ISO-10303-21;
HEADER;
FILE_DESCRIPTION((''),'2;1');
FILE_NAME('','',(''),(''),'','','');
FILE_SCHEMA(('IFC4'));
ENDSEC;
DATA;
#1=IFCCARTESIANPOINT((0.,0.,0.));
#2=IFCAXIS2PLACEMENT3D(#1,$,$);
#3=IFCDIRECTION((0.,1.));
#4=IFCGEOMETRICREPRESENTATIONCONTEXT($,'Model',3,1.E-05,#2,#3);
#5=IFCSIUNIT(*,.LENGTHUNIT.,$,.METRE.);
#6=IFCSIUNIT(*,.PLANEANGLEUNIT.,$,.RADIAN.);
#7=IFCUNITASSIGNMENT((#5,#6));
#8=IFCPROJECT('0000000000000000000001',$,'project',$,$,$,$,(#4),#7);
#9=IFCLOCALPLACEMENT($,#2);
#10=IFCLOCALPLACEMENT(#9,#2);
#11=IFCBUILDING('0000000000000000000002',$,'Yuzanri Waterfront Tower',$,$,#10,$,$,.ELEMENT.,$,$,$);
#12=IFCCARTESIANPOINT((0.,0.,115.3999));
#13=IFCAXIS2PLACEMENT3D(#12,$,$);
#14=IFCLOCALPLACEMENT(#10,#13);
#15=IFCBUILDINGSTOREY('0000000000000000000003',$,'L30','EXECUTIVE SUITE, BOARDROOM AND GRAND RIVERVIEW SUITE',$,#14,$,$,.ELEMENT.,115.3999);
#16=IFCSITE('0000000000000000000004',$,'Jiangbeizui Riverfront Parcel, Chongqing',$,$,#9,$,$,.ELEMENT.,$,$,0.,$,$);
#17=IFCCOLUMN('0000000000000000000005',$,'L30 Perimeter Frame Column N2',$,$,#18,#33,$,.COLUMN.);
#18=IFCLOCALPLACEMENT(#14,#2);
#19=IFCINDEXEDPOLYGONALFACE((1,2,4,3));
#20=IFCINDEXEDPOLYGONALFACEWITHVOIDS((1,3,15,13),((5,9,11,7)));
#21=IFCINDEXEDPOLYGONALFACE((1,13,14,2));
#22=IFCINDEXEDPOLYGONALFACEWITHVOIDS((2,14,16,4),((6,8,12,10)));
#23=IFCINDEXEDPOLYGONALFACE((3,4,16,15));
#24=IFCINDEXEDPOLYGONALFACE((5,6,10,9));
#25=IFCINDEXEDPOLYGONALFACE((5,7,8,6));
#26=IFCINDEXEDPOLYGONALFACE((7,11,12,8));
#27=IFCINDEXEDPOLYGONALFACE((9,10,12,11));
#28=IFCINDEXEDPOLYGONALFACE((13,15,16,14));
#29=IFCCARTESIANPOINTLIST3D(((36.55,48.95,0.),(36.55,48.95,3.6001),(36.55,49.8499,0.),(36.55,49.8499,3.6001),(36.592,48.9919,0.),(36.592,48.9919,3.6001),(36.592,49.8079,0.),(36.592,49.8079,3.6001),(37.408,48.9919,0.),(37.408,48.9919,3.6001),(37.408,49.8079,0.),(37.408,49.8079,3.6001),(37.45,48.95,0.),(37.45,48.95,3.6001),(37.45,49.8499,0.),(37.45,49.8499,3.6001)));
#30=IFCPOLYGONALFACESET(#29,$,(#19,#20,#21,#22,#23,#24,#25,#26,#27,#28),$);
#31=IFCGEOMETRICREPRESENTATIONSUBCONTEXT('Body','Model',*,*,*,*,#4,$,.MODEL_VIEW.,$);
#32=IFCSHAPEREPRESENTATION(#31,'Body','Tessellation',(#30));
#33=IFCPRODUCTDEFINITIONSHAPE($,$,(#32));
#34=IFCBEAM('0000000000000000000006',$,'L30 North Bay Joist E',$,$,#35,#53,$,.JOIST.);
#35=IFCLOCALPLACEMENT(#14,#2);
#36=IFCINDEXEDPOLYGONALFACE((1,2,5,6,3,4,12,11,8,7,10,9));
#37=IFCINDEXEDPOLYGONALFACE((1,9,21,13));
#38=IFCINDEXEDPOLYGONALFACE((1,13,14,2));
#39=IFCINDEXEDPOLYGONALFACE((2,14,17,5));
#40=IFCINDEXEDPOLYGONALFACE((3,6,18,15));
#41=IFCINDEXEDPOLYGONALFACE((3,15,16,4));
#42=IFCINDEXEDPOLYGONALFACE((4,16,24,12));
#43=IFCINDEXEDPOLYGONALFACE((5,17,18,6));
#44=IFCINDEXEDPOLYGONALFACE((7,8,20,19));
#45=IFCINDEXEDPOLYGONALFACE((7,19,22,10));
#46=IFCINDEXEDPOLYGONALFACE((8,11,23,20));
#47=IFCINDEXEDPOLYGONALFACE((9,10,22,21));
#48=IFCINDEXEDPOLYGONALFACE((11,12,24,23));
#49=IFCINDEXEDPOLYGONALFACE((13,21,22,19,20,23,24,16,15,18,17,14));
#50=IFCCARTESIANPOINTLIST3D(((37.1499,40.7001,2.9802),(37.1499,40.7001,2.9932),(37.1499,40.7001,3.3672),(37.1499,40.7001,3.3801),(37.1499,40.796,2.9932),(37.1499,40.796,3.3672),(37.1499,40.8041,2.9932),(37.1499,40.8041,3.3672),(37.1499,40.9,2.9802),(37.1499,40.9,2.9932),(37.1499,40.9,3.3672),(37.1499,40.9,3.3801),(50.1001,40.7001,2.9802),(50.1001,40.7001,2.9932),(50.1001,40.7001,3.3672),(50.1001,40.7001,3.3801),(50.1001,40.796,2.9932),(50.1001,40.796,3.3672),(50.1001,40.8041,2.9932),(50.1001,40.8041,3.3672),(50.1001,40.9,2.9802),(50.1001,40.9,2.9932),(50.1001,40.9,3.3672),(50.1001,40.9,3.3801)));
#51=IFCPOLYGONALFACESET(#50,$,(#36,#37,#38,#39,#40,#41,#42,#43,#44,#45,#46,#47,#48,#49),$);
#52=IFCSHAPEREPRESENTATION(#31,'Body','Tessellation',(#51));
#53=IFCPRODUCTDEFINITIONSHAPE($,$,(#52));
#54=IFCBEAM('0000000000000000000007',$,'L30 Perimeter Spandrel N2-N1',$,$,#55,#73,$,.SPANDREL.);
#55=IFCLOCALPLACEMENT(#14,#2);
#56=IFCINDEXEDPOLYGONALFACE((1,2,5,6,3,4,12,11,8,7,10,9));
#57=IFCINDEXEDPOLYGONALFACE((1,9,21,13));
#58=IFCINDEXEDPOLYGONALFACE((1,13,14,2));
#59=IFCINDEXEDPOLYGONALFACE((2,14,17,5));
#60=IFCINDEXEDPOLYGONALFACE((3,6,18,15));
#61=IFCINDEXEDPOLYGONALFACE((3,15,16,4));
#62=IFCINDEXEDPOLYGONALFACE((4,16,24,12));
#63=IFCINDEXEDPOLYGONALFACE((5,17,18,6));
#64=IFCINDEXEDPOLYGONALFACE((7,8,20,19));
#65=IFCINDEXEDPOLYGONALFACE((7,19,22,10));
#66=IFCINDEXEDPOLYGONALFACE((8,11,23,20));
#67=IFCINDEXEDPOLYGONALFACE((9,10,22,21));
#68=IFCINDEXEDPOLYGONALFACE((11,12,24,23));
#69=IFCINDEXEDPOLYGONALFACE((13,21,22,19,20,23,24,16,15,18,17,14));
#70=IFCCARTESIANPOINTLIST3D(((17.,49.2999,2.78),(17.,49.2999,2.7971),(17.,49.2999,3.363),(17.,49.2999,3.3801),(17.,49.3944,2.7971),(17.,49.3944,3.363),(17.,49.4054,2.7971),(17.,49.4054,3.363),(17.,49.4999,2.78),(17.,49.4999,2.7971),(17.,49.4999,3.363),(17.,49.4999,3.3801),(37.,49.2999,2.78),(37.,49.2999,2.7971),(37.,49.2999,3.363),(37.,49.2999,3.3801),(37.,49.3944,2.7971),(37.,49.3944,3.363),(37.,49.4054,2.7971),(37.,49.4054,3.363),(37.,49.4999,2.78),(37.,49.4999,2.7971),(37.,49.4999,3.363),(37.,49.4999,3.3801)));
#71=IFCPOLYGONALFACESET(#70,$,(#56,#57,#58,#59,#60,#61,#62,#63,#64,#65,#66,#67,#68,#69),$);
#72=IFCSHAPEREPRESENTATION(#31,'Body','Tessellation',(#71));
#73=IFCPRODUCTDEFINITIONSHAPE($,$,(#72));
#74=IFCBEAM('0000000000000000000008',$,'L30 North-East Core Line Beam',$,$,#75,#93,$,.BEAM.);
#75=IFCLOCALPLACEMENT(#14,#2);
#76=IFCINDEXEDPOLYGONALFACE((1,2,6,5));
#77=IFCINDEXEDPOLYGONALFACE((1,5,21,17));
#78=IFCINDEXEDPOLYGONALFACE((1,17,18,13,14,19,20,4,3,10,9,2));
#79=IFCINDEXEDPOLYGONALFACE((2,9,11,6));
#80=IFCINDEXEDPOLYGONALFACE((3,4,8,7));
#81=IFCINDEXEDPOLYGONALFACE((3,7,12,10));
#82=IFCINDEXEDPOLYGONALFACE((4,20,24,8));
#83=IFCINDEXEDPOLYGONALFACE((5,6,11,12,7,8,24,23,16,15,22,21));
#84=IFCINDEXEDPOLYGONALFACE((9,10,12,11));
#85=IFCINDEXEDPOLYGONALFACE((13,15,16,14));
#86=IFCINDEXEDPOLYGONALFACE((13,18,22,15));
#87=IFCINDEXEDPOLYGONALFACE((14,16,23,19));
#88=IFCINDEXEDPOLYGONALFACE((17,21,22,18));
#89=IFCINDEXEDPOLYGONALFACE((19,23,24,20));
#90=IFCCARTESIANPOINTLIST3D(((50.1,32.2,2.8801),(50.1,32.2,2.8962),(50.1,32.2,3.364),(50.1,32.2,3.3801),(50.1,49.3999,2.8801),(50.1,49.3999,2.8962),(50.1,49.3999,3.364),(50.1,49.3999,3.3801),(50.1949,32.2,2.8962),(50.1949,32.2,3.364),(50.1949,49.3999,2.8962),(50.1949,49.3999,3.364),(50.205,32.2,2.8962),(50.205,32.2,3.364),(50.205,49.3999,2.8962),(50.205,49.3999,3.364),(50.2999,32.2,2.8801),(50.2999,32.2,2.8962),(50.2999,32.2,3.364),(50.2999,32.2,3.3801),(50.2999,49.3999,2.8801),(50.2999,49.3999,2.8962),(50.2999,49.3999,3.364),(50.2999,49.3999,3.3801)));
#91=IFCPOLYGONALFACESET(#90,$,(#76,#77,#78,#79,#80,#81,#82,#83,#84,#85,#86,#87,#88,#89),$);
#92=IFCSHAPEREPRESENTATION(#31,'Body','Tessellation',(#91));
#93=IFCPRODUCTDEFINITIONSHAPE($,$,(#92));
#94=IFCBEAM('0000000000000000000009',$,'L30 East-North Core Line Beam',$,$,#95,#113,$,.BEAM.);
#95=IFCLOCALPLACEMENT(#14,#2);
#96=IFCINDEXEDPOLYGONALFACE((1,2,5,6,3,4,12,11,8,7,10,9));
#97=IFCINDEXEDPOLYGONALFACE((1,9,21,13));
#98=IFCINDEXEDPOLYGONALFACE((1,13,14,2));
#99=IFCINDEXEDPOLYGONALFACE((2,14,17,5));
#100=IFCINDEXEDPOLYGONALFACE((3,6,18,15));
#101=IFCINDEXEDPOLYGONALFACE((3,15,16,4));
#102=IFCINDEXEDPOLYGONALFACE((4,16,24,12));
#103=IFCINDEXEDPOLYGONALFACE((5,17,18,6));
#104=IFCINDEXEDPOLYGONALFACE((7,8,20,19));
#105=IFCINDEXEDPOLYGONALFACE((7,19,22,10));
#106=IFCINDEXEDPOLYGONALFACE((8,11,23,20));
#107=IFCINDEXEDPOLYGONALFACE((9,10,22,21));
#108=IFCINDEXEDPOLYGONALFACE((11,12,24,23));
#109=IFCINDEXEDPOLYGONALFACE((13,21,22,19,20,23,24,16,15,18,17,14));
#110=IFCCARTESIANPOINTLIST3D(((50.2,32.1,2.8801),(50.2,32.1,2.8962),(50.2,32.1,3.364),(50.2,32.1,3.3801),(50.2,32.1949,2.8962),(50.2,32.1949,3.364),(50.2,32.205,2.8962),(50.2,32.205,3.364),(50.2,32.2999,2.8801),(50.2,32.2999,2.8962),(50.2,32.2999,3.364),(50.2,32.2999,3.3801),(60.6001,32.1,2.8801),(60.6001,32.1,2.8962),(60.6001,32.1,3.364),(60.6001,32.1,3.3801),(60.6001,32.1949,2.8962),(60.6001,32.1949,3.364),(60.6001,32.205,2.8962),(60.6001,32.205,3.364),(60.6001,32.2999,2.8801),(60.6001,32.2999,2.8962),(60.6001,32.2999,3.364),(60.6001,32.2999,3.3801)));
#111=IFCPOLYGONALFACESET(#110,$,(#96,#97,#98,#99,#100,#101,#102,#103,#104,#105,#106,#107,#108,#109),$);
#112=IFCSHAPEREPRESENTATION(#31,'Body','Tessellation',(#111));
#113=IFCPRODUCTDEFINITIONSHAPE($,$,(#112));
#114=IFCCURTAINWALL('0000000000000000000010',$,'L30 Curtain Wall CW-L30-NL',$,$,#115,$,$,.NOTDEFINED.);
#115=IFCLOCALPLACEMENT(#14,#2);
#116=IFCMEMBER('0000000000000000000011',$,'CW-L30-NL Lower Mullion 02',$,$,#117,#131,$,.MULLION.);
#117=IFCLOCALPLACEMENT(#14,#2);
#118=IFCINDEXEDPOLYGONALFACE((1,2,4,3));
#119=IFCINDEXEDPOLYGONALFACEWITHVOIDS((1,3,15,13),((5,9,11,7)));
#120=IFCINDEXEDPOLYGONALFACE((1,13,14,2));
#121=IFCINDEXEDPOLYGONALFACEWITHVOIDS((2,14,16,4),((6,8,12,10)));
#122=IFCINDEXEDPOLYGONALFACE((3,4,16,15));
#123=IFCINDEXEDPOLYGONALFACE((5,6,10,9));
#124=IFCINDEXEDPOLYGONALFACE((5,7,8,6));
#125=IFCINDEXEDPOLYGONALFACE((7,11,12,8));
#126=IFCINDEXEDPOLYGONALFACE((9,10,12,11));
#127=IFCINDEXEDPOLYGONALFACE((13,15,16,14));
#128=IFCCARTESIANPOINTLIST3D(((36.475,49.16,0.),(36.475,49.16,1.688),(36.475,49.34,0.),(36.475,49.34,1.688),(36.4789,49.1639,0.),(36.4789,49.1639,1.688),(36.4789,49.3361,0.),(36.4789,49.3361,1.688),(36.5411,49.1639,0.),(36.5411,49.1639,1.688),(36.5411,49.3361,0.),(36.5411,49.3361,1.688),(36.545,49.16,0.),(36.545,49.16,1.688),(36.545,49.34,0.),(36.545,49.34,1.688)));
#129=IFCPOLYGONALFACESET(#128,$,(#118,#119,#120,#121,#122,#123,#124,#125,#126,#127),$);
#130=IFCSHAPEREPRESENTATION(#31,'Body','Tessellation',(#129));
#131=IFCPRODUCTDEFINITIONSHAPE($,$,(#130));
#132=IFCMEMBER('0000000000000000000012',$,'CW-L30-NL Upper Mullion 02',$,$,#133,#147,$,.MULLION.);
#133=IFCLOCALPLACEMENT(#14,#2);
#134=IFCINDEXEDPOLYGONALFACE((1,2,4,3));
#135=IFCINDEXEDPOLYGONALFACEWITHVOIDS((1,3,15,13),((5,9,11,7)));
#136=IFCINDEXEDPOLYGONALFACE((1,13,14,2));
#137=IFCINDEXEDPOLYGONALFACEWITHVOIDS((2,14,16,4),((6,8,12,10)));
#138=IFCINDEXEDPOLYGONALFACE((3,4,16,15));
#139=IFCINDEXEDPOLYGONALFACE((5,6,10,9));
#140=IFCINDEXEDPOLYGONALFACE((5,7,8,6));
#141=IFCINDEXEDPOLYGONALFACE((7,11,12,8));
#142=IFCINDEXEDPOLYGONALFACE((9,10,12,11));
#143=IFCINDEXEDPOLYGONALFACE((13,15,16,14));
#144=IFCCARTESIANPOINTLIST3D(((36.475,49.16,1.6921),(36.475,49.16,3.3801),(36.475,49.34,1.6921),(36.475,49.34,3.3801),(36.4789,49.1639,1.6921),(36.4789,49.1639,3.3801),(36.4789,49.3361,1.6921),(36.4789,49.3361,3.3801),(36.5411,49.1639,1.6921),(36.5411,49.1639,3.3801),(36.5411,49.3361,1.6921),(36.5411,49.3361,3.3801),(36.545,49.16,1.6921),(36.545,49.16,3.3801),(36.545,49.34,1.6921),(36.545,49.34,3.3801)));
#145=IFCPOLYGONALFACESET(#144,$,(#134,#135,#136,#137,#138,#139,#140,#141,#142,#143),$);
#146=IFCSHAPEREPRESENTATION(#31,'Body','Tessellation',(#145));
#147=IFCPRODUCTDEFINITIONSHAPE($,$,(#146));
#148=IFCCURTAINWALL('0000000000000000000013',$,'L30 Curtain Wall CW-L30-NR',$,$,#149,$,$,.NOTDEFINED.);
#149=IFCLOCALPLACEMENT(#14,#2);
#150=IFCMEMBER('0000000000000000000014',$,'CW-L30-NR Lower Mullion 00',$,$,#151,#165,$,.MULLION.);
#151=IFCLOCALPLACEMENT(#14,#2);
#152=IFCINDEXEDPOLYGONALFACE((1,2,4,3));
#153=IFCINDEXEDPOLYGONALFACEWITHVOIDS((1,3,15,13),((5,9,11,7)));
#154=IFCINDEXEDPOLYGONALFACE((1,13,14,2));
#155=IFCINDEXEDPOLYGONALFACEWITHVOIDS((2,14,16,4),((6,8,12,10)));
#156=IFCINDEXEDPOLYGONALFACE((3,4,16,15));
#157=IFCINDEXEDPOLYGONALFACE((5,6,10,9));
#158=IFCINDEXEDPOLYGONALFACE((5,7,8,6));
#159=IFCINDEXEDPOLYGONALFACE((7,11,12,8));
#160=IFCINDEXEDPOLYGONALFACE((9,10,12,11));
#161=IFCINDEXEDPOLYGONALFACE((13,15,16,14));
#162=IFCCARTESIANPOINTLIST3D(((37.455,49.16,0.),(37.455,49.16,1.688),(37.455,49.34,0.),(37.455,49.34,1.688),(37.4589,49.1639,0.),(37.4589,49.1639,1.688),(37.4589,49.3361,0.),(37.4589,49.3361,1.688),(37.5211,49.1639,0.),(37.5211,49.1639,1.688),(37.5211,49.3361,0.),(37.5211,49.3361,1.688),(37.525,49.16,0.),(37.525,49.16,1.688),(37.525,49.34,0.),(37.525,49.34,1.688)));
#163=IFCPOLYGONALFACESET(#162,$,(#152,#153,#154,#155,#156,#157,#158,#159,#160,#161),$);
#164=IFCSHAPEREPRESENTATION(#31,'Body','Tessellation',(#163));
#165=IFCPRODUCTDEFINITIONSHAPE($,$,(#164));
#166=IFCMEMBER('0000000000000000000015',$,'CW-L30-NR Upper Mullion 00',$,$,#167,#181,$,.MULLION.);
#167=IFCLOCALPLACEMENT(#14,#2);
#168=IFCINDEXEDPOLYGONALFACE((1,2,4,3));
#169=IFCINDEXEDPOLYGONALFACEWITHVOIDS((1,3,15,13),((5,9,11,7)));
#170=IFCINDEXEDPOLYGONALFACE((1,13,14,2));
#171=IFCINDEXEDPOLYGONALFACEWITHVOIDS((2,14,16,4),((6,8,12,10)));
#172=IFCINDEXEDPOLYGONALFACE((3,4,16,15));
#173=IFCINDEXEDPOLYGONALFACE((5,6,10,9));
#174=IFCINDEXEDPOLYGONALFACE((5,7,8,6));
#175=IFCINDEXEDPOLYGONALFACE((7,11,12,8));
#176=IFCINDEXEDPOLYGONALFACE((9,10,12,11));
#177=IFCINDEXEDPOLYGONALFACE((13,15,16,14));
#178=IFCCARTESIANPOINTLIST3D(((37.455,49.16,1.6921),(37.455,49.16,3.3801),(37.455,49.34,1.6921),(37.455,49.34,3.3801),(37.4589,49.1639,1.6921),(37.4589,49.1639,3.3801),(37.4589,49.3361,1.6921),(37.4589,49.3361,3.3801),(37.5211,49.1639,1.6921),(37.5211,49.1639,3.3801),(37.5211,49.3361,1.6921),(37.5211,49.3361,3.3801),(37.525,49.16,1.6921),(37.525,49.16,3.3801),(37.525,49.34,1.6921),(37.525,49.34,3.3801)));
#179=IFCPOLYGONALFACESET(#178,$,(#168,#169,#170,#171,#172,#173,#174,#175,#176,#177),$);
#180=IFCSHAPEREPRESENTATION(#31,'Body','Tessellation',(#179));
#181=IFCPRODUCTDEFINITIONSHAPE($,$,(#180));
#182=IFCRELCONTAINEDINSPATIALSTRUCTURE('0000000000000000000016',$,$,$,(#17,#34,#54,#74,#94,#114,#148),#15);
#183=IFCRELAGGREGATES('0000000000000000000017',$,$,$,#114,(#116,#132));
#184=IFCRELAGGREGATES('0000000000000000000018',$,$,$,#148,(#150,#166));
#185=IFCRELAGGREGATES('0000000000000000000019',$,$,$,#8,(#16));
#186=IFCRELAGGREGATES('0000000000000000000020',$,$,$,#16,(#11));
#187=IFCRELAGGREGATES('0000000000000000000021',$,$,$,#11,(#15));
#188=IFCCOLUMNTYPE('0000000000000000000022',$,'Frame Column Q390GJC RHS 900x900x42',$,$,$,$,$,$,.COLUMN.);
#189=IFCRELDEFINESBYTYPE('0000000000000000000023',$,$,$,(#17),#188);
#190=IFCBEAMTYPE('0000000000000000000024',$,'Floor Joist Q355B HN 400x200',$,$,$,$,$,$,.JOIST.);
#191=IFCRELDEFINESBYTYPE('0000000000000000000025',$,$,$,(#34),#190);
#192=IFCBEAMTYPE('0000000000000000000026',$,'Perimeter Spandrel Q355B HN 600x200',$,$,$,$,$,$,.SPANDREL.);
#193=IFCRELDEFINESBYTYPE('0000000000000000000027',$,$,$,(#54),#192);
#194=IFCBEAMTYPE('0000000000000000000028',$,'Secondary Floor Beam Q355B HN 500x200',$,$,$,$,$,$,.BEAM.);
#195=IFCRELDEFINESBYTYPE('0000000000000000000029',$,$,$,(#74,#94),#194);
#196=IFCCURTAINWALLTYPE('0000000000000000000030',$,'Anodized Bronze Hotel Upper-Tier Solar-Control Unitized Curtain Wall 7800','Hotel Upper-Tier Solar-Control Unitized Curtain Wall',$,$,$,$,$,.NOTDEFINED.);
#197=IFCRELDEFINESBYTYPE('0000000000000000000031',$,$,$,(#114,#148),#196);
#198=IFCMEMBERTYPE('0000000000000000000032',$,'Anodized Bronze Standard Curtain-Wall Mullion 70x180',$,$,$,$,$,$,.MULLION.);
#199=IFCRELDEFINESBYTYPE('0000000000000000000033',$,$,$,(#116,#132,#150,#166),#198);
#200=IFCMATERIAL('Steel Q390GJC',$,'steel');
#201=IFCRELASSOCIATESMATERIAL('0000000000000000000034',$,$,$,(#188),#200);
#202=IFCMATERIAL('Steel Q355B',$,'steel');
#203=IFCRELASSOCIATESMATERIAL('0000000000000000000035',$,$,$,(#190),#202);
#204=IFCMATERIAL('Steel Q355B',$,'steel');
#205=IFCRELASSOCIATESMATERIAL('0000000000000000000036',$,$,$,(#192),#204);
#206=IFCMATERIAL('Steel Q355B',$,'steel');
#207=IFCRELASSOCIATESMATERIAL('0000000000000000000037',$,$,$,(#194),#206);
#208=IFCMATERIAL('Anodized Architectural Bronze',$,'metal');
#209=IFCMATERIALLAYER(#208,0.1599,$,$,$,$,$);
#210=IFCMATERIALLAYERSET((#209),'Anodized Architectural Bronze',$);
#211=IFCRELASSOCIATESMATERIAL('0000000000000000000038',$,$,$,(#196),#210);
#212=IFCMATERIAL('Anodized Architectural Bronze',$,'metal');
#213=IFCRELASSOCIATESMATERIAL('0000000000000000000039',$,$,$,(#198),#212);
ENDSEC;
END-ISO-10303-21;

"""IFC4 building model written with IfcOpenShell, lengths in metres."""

from ifc_helpers import new_model, si_unit, direction, frame, origin, origin_2d, place, context, subcontext, project, spatial, hollow_rectangle, i_section, extrude, source, transform, mapped, material, layer, layer_set, material_profile, profile_set, type_object, element, aggregate, save


model = new_model("IFC4")

# Units and contexts
model_context = context("Model", 3, precision=1e-05, world=origin(), true_north=direction((0.0, 1.0)))
body_context = subcontext(model_context, "Body", "Model", "MODEL_VIEW")
ifc_project = project(units=[si_unit("LENGTHUNIT", "METRE"), si_unit("PLANEANGLEUNIT", "RADIAN")], contexts=[model_context])

# Site, building, storey
site_placement = place(None, origin())
site = spatial("IfcSite", under=ifc_project, at=site_placement, Name="Jiangbeizui Riverfront Parcel, Chongqing", CompositionType="ELEMENT", RefElevation=0.0)
building_placement = place(site_placement, origin())
building = spatial("IfcBuilding", under=site, at=building_placement, Name="Yuzanri Waterfront Tower", CompositionType="ELEMENT")
storey_placement = place(building_placement, frame((0.0, 0.0, 115.3999)))
storey = spatial("IfcBuildingStorey", under=building, at=storey_placement, Name="L30", Description="EXECUTIVE SUITE, BOARDROOM AND GRAND RIVERVIEW SUITE", CompositionType="ELEMENT", Elevation=115.3999)

# Column
ifc_material_1 = material(Name="Steel Q390GJC", Category="steel")
ifc_material_profile_1 = material_profile(ifc_material_1, hollow_rectangle(XDim=0.8999, YDim=0.8999, WallThickness=0.042, at=origin_2d()), Name="RHS 900x900x42")
ifc_profile_set_1 = profile_set([ifc_material_profile_1], Name="Steel Q390GJC")
column_type = type_object("IfcColumnType", Name="Frame Column Q390GJC RHS 900x900x42", PredefinedType="COLUMN", material=ifc_profile_set_1)
shared_shape_1 = source(origin(), body_context, "Body", "SweptSolid", [
    extrude(hollow_rectangle(XDim=0.8999, YDim=0.8999, WallThickness=0.042, at=origin_2d()), origin(), (0.0, 0.0, 1.0), 3.6001),
])
column_placement = place(storey_placement, frame((37.0, 49.3999, 0.0), z_axis=(0.0, 0.0, 1.0), x_axis=(1.0, 0.0, 0.0)))
element("IfcColumn", 1, at=column_placement, inside=storey, type_object=column_type, Name="L30 Perimeter Frame Column N2", PredefinedType="COLUMN", context=body_context, shape_type="MappedRepresentation", body=[
    mapped(shared_shape_1, transform((0.0, 0.0, 0.0), scale=1.0)),
])

# Beams
ifc_material_2 = material(Name="Steel Q355B", Category="steel")
ifc_material_profile_2 = material_profile(ifc_material_2, i_section(OverallWidth=0.2, OverallDepth=0.3999, WebThickness=0.0081, FlangeThickness=0.0129, at=origin_2d()), Name="HN 400x200x8x13")
ifc_profile_set_2 = profile_set([ifc_material_profile_2], Name="Steel Q355B")
beam_type_1 = type_object("IfcBeamType", Name="Floor Joist Q355B HN 400x200", PredefinedType="JOIST", material=ifc_profile_set_2)
shared_shape_2 = source(origin(), body_context, "Body", "SweptSolid", [
    extrude(i_section(OverallWidth=0.2, OverallDepth=0.3999, WebThickness=0.0081, FlangeThickness=0.0129, at=origin_2d()), origin(), (0.0, 0.0, 1.0), 12.9502),
])
beam_1_placement = place(storey_placement, frame((37.1499, 40.8, 3.1802), z_axis=(1.0, 0.0, 0.0), x_axis=(0.0, 1.0, 0.0)))
element("IfcBeam", 2, at=beam_1_placement, inside=storey, type_object=beam_type_1, Name="L30 North Bay Joist E", PredefinedType="JOIST", context=body_context, shape_type="MappedRepresentation", body=[
    mapped(shared_shape_2, transform((0.0, 0.0, 0.0), scale=1.0)),
])
ifc_material_3 = material(Name="Steel Q355B", Category="steel")
ifc_material_profile_3 = material_profile(ifc_material_3, i_section(OverallWidth=0.2, OverallDepth=0.6001, WebThickness=0.011, FlangeThickness=0.0171, at=origin_2d()), Name="HN 600x200x11x17")
ifc_profile_set_3 = profile_set([ifc_material_profile_3], Name="Steel Q355B")
beam_type_2 = type_object("IfcBeamType", Name="Perimeter Spandrel Q355B HN 600x200", PredefinedType="SPANDREL", material=ifc_profile_set_3)
shared_shape_3 = source(origin(), body_context, "Body", "SweptSolid", [
    extrude(i_section(OverallWidth=0.2, OverallDepth=0.6001, WebThickness=0.011, FlangeThickness=0.0171, at=origin_2d()), origin(), (0.0, 0.0, 1.0), 20.0),
])
beam_2_placement = place(storey_placement, frame((37.0, 49.3999, 3.0801), z_axis=(-1.0, 0.0, 0.0), x_axis=(0.0, -1.0, 0.0)))
element("IfcBeam", 3, at=beam_2_placement, inside=storey, type_object=beam_type_2, Name="L30 Perimeter Spandrel N2-N1", PredefinedType="SPANDREL", context=body_context, shape_type="MappedRepresentation", body=[
    mapped(shared_shape_3, transform((0.0, 0.0, 0.0), scale=1.0)),
])
ifc_material_4 = material(Name="Steel Q355B", Category="steel")
ifc_material_profile_4 = material_profile(ifc_material_4, i_section(OverallWidth=0.2, OverallDepth=0.5, WebThickness=0.01, FlangeThickness=0.0161, at=origin_2d()), Name="HN 500x200x10x16")
ifc_profile_set_4 = profile_set([ifc_material_profile_4], Name="Steel Q355B")
beam_type_3 = type_object("IfcBeamType", Name="Secondary Floor Beam Q355B HN 500x200", PredefinedType="BEAM", material=ifc_profile_set_4)
shared_shape_4 = source(origin(), body_context, "Body", "SweptSolid", [
    extrude(i_section(OverallWidth=0.2, OverallDepth=0.5, WebThickness=0.01, FlangeThickness=0.0161, at=origin_2d()), origin(), (0.0, 0.0, 1.0), 17.2),
])
beam_3_placement = place(storey_placement, frame((50.2, 32.2, 3.1301), z_axis=(0.0, 1.0, 0.0), x_axis=(-1.0, 0.0, 0.0)))
element("IfcBeam", 4, at=beam_3_placement, inside=storey, type_object=beam_type_3, Name="L30 North-East Core Line Beam", PredefinedType="BEAM", context=body_context, shape_type="MappedRepresentation", body=[
    mapped(shared_shape_4, transform((0.0, 0.0, 0.0), scale=1.0)),
])
shared_shape_5 = source(origin(), body_context, "Body", "SweptSolid", [
    extrude(i_section(OverallWidth=0.2, OverallDepth=0.5, WebThickness=0.01, FlangeThickness=0.0161, at=origin_2d()), origin(), (0.0, 0.0, 1.0), 10.4001),
])
beam_4_placement = place(storey_placement, frame((50.2, 32.2, 3.1301), z_axis=(1.0, 0.0, 0.0), x_axis=(0.0, 1.0, 0.0)))
element("IfcBeam", 5, at=beam_4_placement, inside=storey, type_object=beam_type_3, Name="L30 East-North Core Line Beam", PredefinedType="BEAM", context=body_context, shape_type="MappedRepresentation", body=[
    mapped(shared_shape_5, transform((0.0, 0.0, 0.0), scale=1.0)),
])

# Curtain wall, members
ifc_material_5 = material(Name="Anodized Architectural Bronze", Category="metal")
ifc_layer_1 = layer(ifc_material_5, 0.1599)
ifc_layer_set_1 = layer_set([ifc_layer_1], Name="Anodized Architectural Bronze")
curtain_wall_type = type_object("IfcCurtainWallType", Name="Anodized Bronze Hotel Upper-Tier Solar-Control Unitized Curtain Wall 7800", Description="Hotel Upper-Tier Solar-Control Unitized Curtain Wall", PredefinedType="NOTDEFINED", material=ifc_layer_set_1)
curtain_wall_1_placement = place(storey_placement, origin())
curtain_wall_1 = element("IfcCurtainWall", 6, at=curtain_wall_1_placement, inside=storey, type_object=curtain_wall_type, Name="L30 Curtain Wall CW-L30-NL", PredefinedType="NOTDEFINED")
ifc_material_6 = material(Name="Anodized Architectural Bronze", Category="metal")
ifc_material_profile_5 = material_profile(ifc_material_6, hollow_rectangle(XDim=0.0701, YDim=0.1799, WallThickness=0.0039, at=origin_2d()), Name="CWM 70x180")
ifc_profile_set_5 = profile_set([ifc_material_profile_5], Name="Anodized Architectural Bronze")
member_type_1 = type_object("IfcMemberType", Name="Anodized Bronze Standard Curtain-Wall Mullion 70x180", PredefinedType="MULLION", material=ifc_profile_set_5)
shared_shape_6 = source(origin(), body_context, "Body", "SweptSolid", [
    extrude(hollow_rectangle(XDim=0.0701, YDim=0.1799, WallThickness=0.0039, at=origin_2d()), origin(), (0.0, 0.0, 1.0), 1.688),
])
member_1_placement = place(storey_placement, frame((36.51, 49.25, 0.0), z_axis=(0.0, 0.0, 1.0), x_axis=(1.0, 0.0, 0.0)))
member_1 = element("IfcMember", 7, at=member_1_placement, type_object=member_type_1, Name="CW-L30-NL Lower Mullion 02", PredefinedType="MULLION", context=body_context, shape_type="MappedRepresentation", body=[
    mapped(shared_shape_6, transform((0.0, 0.0, 0.0), scale=1.0)),
])
member_2_placement = place(storey_placement, frame((36.51, 49.25, 1.6921), z_axis=(0.0, 0.0, 1.0), x_axis=(1.0, 0.0, 0.0)))
member_2 = element("IfcMember", 8, at=member_2_placement, type_object=member_type_1, Name="CW-L30-NL Upper Mullion 02", PredefinedType="MULLION", context=body_context, shape_type="MappedRepresentation", body=[
    mapped(shared_shape_6, transform((0.0, 0.0, 0.0), scale=1.0)),
])
aggregate(curtain_wall_1, [member_1, member_2])

# Curtain wall, members
curtain_wall_2_placement = place(storey_placement, origin())
curtain_wall_2 = element("IfcCurtainWall", 9, at=curtain_wall_2_placement, inside=storey, type_object=curtain_wall_type, Name="L30 Curtain Wall CW-L30-NR", PredefinedType="NOTDEFINED")
member_3_placement = place(storey_placement, frame((37.49, 49.25, 0.0), z_axis=(0.0, 0.0, 1.0), x_axis=(1.0, 0.0, 0.0)))
member_3 = element("IfcMember", 10, at=member_3_placement, type_object=member_type_1, Name="CW-L30-NR Lower Mullion 00", PredefinedType="MULLION", context=body_context, shape_type="MappedRepresentation", body=[
    mapped(shared_shape_6, transform((0.0, 0.0, 0.0), scale=1.0)),
])
member_4_placement = place(storey_placement, frame((37.49, 49.25, 1.6921), z_axis=(0.0, 0.0, 1.0), x_axis=(1.0, 0.0, 0.0)))
member_4 = element("IfcMember", 11, at=member_4_placement, type_object=member_type_1, Name="CW-L30-NR Upper Mullion 00", PredefinedType="MULLION", context=body_context, shape_type="MappedRepresentation", body=[
    mapped(shared_shape_6, transform((0.0, 0.0, 0.0), scale=1.0)),
])
aggregate(curtain_wall_2, [member_3, member_4])

save(model, "model.ifc")
